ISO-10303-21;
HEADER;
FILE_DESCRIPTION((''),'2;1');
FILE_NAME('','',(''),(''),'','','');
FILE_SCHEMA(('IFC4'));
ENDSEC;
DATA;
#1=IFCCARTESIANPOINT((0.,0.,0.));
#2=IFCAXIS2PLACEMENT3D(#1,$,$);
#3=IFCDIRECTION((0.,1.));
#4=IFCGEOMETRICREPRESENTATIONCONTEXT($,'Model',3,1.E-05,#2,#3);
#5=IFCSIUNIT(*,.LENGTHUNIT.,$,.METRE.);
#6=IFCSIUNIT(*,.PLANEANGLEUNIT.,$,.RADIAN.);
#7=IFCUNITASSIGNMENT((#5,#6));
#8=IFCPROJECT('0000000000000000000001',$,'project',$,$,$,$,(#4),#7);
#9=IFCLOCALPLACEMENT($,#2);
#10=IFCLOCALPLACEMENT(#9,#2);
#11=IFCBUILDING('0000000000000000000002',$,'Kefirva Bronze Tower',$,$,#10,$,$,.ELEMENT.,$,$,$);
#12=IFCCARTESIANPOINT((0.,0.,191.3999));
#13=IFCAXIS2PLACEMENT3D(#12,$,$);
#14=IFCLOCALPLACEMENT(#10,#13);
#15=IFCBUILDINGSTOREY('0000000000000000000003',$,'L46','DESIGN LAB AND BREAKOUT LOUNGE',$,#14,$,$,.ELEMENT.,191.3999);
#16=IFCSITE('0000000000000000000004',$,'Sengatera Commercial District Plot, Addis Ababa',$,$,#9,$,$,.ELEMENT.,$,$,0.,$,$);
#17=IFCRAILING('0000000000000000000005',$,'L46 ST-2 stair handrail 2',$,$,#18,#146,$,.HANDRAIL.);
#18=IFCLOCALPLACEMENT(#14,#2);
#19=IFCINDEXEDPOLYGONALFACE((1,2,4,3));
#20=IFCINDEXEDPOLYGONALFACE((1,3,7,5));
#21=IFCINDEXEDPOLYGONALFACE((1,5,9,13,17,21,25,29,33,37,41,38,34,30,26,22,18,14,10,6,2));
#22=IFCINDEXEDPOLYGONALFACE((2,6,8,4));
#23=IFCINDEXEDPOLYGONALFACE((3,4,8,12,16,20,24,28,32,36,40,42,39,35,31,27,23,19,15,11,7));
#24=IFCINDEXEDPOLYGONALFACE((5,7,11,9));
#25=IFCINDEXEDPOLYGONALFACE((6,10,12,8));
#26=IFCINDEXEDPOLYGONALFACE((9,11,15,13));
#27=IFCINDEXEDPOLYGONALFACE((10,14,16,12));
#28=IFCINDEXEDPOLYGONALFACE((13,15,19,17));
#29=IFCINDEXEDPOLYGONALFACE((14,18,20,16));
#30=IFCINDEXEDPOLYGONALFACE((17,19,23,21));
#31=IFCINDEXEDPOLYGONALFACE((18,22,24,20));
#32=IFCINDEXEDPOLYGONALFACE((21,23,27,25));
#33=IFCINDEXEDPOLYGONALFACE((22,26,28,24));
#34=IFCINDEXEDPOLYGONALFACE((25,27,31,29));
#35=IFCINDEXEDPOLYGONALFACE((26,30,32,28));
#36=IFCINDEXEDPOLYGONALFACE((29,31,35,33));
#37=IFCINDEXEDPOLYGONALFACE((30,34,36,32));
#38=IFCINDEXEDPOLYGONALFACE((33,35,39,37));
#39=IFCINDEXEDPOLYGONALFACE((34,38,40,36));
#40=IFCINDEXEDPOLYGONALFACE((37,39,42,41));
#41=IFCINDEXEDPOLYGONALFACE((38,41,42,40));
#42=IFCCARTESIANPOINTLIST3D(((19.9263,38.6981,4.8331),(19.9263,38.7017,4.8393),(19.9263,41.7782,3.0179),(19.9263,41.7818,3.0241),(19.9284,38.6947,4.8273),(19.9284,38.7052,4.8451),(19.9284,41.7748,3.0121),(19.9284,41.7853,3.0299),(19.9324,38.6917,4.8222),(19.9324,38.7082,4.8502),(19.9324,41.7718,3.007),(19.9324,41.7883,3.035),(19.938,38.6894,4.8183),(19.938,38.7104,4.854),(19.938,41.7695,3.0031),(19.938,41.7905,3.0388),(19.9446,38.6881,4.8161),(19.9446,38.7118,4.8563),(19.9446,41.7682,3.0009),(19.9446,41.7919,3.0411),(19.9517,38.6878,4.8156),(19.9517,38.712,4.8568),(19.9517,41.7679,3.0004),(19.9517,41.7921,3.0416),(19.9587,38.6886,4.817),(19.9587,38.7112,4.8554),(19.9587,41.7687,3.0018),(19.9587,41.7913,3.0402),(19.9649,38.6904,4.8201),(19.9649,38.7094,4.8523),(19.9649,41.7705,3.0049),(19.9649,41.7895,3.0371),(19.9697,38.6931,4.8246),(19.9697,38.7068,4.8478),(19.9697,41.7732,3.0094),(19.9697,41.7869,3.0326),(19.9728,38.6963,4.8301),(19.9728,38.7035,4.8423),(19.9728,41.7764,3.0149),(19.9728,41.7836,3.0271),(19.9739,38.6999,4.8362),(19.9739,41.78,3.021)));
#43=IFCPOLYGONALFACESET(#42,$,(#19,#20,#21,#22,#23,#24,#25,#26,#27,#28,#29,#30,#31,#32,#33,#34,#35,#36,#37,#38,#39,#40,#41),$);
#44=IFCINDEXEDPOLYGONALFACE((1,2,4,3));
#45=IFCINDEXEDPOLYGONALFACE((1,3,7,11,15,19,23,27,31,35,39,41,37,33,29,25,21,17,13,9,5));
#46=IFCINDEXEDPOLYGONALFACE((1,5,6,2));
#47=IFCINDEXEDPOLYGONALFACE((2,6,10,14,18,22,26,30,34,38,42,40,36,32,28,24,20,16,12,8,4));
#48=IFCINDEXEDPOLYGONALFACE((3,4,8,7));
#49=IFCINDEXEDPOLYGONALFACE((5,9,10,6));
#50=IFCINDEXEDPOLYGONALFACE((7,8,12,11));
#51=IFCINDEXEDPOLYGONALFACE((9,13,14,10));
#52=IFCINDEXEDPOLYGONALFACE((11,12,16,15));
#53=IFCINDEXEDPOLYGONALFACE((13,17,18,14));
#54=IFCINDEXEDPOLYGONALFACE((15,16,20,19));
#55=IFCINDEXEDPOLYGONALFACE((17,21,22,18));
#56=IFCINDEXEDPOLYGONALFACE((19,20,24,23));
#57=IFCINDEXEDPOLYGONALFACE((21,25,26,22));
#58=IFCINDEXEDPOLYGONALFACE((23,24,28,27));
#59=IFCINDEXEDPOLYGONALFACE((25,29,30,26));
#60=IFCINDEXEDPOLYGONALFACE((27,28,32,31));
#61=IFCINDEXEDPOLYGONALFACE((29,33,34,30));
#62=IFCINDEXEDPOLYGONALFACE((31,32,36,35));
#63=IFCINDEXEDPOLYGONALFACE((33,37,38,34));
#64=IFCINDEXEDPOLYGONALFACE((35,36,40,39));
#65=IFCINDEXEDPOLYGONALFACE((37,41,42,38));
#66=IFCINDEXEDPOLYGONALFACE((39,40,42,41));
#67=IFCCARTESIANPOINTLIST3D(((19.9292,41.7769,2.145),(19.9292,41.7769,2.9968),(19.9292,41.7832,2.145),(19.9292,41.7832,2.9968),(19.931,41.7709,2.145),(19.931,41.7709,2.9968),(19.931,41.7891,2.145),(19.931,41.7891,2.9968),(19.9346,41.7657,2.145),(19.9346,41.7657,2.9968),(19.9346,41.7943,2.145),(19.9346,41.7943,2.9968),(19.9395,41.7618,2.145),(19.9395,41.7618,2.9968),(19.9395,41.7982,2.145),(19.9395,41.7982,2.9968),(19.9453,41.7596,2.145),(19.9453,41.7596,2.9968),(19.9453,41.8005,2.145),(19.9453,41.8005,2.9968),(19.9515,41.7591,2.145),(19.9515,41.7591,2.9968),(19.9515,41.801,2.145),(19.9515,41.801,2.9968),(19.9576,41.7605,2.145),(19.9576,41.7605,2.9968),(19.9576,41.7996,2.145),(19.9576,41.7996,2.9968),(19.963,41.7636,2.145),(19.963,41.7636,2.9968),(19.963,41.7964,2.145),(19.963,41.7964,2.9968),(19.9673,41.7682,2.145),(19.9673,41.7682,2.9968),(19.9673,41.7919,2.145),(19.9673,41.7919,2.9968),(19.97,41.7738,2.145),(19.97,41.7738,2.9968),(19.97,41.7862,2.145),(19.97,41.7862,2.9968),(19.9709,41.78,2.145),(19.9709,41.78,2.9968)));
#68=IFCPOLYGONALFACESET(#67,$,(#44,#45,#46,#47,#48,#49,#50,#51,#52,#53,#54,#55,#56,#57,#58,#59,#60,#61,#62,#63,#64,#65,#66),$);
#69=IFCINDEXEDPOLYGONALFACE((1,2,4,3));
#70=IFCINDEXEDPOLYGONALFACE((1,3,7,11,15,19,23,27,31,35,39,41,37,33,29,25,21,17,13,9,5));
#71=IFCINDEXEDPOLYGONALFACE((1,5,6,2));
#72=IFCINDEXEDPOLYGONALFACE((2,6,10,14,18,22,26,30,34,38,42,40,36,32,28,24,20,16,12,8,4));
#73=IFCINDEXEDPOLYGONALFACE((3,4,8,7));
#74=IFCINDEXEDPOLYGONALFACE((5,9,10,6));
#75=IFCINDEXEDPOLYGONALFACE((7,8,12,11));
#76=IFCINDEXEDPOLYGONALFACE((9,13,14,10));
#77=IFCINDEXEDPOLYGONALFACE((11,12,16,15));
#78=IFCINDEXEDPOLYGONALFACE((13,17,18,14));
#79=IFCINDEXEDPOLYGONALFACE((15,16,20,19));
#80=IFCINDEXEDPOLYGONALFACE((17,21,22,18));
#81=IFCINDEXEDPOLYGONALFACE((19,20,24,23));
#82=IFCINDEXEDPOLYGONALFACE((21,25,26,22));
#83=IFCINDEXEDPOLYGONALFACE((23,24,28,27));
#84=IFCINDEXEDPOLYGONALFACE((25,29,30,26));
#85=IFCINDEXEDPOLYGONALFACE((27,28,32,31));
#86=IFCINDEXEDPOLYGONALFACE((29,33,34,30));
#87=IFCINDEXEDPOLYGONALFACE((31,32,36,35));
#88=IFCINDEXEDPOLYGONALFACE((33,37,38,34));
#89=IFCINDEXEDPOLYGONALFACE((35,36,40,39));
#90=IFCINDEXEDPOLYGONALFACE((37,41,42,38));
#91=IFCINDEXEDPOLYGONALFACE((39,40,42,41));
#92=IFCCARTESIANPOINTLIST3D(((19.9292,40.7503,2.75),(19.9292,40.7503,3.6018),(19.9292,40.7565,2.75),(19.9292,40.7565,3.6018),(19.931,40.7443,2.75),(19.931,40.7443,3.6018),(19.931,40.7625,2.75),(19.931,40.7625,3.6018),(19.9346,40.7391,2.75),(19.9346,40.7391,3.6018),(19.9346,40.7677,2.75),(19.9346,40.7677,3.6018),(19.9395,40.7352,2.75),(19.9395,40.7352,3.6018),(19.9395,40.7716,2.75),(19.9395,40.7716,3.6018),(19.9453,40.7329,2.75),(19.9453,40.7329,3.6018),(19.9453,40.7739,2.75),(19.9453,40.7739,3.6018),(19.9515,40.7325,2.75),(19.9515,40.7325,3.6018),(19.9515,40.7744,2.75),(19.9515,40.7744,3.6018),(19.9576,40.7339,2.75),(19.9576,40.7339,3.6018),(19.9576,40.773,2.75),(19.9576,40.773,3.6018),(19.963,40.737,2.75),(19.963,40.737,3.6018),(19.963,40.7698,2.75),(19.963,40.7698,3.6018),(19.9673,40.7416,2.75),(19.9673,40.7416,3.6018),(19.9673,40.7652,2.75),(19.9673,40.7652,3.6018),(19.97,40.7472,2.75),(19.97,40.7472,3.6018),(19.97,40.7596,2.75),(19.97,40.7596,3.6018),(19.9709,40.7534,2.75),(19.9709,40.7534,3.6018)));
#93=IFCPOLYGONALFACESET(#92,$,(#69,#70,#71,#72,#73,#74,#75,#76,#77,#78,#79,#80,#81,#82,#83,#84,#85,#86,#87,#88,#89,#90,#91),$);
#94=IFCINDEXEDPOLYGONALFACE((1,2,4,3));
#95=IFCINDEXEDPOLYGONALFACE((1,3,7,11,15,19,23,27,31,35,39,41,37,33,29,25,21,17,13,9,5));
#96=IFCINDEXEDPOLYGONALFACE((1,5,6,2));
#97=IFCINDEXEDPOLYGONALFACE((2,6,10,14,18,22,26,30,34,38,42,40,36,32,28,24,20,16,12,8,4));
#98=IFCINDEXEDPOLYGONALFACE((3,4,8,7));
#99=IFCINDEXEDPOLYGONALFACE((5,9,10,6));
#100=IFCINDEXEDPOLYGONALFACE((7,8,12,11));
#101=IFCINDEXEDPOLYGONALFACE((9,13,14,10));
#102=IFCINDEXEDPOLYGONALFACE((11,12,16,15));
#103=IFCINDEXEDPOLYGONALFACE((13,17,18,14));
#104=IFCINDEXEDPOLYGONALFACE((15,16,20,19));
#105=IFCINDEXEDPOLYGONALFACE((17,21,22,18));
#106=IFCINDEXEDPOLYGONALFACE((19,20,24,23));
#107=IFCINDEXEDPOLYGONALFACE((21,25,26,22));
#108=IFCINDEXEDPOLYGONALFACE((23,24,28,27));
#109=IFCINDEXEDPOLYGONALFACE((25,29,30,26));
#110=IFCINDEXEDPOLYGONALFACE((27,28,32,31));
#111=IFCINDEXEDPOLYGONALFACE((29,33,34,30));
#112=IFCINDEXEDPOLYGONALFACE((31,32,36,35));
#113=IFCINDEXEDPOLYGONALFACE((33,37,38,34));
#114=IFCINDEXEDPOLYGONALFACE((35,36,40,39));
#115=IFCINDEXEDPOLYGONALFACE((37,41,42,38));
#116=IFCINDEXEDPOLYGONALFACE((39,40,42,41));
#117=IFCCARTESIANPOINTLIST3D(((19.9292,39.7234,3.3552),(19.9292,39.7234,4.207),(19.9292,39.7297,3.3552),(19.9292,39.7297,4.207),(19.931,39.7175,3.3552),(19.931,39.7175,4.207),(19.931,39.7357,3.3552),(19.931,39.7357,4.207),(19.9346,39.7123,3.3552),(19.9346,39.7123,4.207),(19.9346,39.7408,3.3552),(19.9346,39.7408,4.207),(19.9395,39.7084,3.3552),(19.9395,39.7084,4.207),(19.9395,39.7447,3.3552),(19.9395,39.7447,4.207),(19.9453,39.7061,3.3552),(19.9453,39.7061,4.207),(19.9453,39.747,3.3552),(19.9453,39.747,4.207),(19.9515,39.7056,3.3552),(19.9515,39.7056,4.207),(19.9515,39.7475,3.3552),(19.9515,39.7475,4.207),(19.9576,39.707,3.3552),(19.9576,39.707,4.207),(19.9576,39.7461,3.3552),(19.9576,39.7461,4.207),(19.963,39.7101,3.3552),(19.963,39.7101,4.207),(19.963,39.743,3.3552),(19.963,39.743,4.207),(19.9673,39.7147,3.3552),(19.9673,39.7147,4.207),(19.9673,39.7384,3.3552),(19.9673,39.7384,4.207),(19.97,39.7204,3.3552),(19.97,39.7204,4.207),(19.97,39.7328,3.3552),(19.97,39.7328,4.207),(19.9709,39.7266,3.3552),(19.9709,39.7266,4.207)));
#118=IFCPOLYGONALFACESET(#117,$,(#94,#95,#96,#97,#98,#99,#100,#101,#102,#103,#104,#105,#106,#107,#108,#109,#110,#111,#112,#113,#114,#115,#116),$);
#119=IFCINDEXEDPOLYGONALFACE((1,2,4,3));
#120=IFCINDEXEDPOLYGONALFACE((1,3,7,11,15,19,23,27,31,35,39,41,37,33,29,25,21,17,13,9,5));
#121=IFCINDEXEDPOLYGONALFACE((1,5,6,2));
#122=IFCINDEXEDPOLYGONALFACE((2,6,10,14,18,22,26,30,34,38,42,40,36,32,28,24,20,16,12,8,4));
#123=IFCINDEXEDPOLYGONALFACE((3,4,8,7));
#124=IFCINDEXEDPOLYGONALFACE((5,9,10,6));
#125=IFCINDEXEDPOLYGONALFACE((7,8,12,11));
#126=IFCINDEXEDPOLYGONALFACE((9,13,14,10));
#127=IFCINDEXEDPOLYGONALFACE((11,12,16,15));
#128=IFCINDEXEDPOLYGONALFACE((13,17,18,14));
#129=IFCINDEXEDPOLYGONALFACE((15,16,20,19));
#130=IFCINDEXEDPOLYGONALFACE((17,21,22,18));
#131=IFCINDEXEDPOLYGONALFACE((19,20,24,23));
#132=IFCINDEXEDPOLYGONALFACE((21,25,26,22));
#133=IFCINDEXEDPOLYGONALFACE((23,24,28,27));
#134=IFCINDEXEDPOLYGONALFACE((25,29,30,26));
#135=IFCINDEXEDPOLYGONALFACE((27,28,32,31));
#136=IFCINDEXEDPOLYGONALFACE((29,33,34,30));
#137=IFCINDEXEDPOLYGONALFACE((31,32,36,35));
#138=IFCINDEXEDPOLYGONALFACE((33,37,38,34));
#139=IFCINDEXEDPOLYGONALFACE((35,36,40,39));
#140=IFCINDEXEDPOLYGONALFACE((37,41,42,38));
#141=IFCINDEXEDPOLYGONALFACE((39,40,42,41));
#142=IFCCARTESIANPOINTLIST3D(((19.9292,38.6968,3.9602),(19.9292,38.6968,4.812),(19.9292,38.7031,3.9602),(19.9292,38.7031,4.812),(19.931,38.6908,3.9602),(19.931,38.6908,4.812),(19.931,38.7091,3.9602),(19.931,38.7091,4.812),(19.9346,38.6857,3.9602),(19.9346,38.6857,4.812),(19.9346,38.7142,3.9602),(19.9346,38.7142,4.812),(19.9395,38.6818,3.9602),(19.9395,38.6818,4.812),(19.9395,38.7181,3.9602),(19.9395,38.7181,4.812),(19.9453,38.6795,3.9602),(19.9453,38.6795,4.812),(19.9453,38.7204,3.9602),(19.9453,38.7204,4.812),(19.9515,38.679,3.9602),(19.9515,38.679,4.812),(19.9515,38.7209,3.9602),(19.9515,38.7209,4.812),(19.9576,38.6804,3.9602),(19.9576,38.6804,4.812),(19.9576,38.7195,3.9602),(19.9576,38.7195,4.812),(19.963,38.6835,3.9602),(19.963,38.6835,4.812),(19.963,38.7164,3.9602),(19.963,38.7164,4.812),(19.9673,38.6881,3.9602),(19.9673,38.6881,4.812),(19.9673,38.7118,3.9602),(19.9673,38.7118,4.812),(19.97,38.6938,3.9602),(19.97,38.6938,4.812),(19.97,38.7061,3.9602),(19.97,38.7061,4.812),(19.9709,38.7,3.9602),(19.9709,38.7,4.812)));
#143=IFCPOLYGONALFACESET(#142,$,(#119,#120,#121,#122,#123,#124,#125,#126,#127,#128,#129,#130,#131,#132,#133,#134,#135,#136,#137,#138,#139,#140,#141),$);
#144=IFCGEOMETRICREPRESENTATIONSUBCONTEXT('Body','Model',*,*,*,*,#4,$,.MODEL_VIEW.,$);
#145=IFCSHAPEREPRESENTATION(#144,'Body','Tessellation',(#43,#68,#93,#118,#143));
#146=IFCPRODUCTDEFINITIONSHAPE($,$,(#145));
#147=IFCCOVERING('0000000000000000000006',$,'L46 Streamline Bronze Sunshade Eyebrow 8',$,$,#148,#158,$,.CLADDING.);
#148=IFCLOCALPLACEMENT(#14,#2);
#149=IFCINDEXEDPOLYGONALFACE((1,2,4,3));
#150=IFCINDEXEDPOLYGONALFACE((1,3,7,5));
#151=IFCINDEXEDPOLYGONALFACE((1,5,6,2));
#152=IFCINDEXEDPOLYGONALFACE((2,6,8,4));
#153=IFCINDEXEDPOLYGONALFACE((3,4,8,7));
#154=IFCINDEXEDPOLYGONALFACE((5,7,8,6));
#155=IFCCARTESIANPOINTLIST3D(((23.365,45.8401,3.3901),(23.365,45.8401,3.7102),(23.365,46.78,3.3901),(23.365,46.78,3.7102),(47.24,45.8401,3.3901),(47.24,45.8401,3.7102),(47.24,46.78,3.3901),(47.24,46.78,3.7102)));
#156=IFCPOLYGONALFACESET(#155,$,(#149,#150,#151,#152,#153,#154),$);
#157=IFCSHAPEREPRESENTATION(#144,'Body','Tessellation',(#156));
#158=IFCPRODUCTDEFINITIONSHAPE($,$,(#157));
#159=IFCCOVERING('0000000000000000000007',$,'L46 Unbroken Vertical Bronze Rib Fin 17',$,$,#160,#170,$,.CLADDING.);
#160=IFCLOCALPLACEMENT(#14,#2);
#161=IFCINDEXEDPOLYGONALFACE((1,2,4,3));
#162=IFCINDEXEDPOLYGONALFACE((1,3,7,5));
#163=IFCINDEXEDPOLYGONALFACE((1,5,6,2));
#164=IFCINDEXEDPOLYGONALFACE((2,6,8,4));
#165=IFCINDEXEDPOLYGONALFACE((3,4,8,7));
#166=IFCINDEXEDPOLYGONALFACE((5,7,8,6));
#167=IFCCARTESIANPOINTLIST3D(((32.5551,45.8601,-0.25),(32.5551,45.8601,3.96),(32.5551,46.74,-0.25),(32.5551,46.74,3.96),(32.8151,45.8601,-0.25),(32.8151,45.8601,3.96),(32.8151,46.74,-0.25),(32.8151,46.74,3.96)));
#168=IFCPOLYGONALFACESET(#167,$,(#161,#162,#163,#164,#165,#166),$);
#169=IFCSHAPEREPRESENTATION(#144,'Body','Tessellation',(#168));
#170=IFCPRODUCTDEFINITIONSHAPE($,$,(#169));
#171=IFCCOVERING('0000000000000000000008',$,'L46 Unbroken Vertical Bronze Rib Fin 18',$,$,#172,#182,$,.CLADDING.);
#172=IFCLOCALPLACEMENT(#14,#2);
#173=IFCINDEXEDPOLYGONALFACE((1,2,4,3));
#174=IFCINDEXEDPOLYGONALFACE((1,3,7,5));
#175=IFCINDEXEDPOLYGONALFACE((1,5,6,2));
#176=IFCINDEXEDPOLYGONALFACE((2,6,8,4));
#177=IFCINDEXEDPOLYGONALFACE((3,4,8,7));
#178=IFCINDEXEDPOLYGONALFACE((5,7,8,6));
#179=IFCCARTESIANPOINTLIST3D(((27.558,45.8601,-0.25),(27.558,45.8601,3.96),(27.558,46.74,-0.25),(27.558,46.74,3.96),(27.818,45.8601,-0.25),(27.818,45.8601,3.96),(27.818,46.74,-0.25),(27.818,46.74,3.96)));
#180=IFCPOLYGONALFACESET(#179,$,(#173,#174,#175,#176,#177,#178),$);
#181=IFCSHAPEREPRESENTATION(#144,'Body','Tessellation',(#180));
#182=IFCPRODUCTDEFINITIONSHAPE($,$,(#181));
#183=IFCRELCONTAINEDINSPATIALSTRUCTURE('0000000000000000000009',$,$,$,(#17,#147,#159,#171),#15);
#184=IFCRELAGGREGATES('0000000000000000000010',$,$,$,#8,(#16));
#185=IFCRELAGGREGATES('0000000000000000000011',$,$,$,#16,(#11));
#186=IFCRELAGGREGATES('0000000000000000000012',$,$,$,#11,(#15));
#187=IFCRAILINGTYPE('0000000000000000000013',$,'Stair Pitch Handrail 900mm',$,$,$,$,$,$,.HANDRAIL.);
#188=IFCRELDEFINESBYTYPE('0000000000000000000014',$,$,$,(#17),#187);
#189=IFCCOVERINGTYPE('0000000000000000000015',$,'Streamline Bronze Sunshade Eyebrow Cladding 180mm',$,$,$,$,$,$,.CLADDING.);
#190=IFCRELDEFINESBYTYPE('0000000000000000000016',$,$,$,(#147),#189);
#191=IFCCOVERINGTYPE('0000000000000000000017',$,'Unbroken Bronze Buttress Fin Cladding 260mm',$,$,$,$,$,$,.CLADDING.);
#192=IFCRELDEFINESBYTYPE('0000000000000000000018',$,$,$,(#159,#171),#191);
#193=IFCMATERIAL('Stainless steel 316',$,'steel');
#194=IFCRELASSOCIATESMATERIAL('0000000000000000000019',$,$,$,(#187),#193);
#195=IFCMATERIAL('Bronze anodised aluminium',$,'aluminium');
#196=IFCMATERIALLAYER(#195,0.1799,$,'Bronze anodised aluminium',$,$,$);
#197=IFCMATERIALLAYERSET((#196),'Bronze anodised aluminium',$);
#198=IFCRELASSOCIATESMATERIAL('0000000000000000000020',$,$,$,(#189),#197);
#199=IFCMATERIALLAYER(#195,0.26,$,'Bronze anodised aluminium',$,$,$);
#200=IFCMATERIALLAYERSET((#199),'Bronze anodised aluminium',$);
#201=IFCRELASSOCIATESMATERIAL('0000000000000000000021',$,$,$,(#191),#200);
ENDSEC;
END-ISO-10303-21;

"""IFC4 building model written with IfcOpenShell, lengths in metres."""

from ifc_helpers import new_model, si_unit, direction, frame, origin, origin_2d, place, context, subcontext, project, spatial, rectangle, circle, extrude, material, layer, layer_set, type_object, element, save


model = new_model("IFC4")

# Units and contexts
model_context = context("Model", 3, precision=1e-05, world=origin(), true_north=direction((0.0, 1.0)))
body_context = subcontext(model_context, "Body", "Model", "MODEL_VIEW")
ifc_project = project(units=[si_unit("LENGTHUNIT", "METRE"), si_unit("PLANEANGLEUNIT", "RADIAN")], contexts=[model_context])

# Site, building, storey
site_placement = place(None, origin())
site = spatial("IfcSite", under=ifc_project, at=site_placement, Name="Sengatera Commercial District Plot, Addis Ababa", CompositionType="ELEMENT", RefElevation=0.0)
building_placement = place(site_placement, origin())
building = spatial("IfcBuilding", under=site, at=building_placement, Name="Kefirva Bronze Tower", CompositionType="ELEMENT")
storey_placement = place(building_placement, frame((0.0, 0.0, 191.3999)))
storey = spatial("IfcBuildingStorey", under=building, at=storey_placement, Name="L46", Description="DESIGN LAB AND BREAKOUT LOUNGE", CompositionType="ELEMENT", Elevation=191.3999)

# Shared definitions
ifc_material_1 = material(Name="Bronze anodised aluminium", Category="aluminium")

# Railing
ifc_material_2 = material(Name="Stainless steel 316", Category="steel")
railing_type_1 = type_object("IfcRailingType", Name="Stair Pitch Handrail 900mm", PredefinedType="HANDRAIL", material=ifc_material_2)
railing_1_placement = place(storey_placement, frame((19.95, 41.78, 2.145)))
element("IfcRailing", 1, at=railing_1_placement, inside=storey, type_object=railing_type_1, Name="L46 ST-2 stair handrail 2", PredefinedType="HANDRAIL", context=body_context, shape_type="SweptSolid", body=[
    extrude(circle(Radius=0.0239, at=origin_2d()), frame((0.0, 0.0, 0.876), z_axis=(0.0, -0.861521, 0.507721), x_axis=(1.0, 0.0, 0.0)), (0.0, 0.0, 1.0), 3.5752),
    extrude(circle(Radius=0.021, at=origin_2d()), origin(), (0.0, 0.0, 1.0), 0.8518),
    extrude(circle(Radius=0.021, at=origin_2d()), frame((0.0, -1.0266, 0.605)), (0.0, 0.0, 1.0), 0.8518),
    extrude(circle(Radius=0.021, at=origin_2d()), frame((0.0, -2.0535, 1.2102)), (0.0, 0.0, 1.0), 0.8518),
    extrude(circle(Radius=0.021, at=origin_2d()), frame((0.0, -3.0801, 1.8152)), (0.0, 0.0, 1.0), 0.8518),
])

# Coverings
ifc_layer_1 = layer(ifc_material_1, 0.1799, Name="Bronze anodised aluminium")
ifc_layer_set_1 = layer_set([ifc_layer_1], Name="Bronze anodised aluminium")
covering_type_1 = type_object("IfcCoveringType", Name="Streamline Bronze Sunshade Eyebrow Cladding 180mm", PredefinedType="CLADDING", material=ifc_layer_set_1)
covering_1_placement = place(storey_placement, frame((35.3025, 46.3101, 3.3901), z_axis=(0.0, 0.0, 1.0), x_axis=(-1.0, 0.0, 0.0)))
element("IfcCovering", 2, at=covering_1_placement, inside=storey, type_object=covering_type_1, Name="L46 Streamline Bronze Sunshade Eyebrow 8", PredefinedType="CLADDING", context=body_context, shape_type="SweptSolid", body=[
    extrude(rectangle(XDim=23.875, YDim=0.9399, at=origin_2d()), origin(), (0.0, 0.0, 1.0), 0.3201),
])
ifc_layer_2 = layer(ifc_material_1, 0.26, Name="Bronze anodised aluminium")
ifc_layer_set_2 = layer_set([ifc_layer_2], Name="Bronze anodised aluminium")
covering_type_2 = type_object("IfcCoveringType", Name="Unbroken Bronze Buttress Fin Cladding 260mm", PredefinedType="CLADDING", material=ifc_layer_set_2)
for number, where, z_axis, x_axis, name in (
    (3, (32.6851, 46.3, -0.25), (0.0, 0.0, 1.0), (-1.0, 0.0, 0.0), "L46 Unbroken Vertical Bronze Rib Fin 17"),
    (4, (27.688, 46.3, -0.25), (0.0, 0.0, 1.0), (-1.0, 0.0, 0.0), "L46 Unbroken Vertical Bronze Rib Fin 18"),
):
    element("IfcCovering", number, at=place(storey_placement, frame(where, z_axis=z_axis, x_axis=x_axis)), inside=storey, type_object=covering_type_2, Name=name, PredefinedType="CLADDING", context=body_context, shape_type="SweptSolid", body=[
        extrude(rectangle(XDim=0.26, YDim=0.8799, at=origin_2d()), origin(), (0.0, 0.0, 1.0), 4.21),
    ])

save(model, "model.ifc")
